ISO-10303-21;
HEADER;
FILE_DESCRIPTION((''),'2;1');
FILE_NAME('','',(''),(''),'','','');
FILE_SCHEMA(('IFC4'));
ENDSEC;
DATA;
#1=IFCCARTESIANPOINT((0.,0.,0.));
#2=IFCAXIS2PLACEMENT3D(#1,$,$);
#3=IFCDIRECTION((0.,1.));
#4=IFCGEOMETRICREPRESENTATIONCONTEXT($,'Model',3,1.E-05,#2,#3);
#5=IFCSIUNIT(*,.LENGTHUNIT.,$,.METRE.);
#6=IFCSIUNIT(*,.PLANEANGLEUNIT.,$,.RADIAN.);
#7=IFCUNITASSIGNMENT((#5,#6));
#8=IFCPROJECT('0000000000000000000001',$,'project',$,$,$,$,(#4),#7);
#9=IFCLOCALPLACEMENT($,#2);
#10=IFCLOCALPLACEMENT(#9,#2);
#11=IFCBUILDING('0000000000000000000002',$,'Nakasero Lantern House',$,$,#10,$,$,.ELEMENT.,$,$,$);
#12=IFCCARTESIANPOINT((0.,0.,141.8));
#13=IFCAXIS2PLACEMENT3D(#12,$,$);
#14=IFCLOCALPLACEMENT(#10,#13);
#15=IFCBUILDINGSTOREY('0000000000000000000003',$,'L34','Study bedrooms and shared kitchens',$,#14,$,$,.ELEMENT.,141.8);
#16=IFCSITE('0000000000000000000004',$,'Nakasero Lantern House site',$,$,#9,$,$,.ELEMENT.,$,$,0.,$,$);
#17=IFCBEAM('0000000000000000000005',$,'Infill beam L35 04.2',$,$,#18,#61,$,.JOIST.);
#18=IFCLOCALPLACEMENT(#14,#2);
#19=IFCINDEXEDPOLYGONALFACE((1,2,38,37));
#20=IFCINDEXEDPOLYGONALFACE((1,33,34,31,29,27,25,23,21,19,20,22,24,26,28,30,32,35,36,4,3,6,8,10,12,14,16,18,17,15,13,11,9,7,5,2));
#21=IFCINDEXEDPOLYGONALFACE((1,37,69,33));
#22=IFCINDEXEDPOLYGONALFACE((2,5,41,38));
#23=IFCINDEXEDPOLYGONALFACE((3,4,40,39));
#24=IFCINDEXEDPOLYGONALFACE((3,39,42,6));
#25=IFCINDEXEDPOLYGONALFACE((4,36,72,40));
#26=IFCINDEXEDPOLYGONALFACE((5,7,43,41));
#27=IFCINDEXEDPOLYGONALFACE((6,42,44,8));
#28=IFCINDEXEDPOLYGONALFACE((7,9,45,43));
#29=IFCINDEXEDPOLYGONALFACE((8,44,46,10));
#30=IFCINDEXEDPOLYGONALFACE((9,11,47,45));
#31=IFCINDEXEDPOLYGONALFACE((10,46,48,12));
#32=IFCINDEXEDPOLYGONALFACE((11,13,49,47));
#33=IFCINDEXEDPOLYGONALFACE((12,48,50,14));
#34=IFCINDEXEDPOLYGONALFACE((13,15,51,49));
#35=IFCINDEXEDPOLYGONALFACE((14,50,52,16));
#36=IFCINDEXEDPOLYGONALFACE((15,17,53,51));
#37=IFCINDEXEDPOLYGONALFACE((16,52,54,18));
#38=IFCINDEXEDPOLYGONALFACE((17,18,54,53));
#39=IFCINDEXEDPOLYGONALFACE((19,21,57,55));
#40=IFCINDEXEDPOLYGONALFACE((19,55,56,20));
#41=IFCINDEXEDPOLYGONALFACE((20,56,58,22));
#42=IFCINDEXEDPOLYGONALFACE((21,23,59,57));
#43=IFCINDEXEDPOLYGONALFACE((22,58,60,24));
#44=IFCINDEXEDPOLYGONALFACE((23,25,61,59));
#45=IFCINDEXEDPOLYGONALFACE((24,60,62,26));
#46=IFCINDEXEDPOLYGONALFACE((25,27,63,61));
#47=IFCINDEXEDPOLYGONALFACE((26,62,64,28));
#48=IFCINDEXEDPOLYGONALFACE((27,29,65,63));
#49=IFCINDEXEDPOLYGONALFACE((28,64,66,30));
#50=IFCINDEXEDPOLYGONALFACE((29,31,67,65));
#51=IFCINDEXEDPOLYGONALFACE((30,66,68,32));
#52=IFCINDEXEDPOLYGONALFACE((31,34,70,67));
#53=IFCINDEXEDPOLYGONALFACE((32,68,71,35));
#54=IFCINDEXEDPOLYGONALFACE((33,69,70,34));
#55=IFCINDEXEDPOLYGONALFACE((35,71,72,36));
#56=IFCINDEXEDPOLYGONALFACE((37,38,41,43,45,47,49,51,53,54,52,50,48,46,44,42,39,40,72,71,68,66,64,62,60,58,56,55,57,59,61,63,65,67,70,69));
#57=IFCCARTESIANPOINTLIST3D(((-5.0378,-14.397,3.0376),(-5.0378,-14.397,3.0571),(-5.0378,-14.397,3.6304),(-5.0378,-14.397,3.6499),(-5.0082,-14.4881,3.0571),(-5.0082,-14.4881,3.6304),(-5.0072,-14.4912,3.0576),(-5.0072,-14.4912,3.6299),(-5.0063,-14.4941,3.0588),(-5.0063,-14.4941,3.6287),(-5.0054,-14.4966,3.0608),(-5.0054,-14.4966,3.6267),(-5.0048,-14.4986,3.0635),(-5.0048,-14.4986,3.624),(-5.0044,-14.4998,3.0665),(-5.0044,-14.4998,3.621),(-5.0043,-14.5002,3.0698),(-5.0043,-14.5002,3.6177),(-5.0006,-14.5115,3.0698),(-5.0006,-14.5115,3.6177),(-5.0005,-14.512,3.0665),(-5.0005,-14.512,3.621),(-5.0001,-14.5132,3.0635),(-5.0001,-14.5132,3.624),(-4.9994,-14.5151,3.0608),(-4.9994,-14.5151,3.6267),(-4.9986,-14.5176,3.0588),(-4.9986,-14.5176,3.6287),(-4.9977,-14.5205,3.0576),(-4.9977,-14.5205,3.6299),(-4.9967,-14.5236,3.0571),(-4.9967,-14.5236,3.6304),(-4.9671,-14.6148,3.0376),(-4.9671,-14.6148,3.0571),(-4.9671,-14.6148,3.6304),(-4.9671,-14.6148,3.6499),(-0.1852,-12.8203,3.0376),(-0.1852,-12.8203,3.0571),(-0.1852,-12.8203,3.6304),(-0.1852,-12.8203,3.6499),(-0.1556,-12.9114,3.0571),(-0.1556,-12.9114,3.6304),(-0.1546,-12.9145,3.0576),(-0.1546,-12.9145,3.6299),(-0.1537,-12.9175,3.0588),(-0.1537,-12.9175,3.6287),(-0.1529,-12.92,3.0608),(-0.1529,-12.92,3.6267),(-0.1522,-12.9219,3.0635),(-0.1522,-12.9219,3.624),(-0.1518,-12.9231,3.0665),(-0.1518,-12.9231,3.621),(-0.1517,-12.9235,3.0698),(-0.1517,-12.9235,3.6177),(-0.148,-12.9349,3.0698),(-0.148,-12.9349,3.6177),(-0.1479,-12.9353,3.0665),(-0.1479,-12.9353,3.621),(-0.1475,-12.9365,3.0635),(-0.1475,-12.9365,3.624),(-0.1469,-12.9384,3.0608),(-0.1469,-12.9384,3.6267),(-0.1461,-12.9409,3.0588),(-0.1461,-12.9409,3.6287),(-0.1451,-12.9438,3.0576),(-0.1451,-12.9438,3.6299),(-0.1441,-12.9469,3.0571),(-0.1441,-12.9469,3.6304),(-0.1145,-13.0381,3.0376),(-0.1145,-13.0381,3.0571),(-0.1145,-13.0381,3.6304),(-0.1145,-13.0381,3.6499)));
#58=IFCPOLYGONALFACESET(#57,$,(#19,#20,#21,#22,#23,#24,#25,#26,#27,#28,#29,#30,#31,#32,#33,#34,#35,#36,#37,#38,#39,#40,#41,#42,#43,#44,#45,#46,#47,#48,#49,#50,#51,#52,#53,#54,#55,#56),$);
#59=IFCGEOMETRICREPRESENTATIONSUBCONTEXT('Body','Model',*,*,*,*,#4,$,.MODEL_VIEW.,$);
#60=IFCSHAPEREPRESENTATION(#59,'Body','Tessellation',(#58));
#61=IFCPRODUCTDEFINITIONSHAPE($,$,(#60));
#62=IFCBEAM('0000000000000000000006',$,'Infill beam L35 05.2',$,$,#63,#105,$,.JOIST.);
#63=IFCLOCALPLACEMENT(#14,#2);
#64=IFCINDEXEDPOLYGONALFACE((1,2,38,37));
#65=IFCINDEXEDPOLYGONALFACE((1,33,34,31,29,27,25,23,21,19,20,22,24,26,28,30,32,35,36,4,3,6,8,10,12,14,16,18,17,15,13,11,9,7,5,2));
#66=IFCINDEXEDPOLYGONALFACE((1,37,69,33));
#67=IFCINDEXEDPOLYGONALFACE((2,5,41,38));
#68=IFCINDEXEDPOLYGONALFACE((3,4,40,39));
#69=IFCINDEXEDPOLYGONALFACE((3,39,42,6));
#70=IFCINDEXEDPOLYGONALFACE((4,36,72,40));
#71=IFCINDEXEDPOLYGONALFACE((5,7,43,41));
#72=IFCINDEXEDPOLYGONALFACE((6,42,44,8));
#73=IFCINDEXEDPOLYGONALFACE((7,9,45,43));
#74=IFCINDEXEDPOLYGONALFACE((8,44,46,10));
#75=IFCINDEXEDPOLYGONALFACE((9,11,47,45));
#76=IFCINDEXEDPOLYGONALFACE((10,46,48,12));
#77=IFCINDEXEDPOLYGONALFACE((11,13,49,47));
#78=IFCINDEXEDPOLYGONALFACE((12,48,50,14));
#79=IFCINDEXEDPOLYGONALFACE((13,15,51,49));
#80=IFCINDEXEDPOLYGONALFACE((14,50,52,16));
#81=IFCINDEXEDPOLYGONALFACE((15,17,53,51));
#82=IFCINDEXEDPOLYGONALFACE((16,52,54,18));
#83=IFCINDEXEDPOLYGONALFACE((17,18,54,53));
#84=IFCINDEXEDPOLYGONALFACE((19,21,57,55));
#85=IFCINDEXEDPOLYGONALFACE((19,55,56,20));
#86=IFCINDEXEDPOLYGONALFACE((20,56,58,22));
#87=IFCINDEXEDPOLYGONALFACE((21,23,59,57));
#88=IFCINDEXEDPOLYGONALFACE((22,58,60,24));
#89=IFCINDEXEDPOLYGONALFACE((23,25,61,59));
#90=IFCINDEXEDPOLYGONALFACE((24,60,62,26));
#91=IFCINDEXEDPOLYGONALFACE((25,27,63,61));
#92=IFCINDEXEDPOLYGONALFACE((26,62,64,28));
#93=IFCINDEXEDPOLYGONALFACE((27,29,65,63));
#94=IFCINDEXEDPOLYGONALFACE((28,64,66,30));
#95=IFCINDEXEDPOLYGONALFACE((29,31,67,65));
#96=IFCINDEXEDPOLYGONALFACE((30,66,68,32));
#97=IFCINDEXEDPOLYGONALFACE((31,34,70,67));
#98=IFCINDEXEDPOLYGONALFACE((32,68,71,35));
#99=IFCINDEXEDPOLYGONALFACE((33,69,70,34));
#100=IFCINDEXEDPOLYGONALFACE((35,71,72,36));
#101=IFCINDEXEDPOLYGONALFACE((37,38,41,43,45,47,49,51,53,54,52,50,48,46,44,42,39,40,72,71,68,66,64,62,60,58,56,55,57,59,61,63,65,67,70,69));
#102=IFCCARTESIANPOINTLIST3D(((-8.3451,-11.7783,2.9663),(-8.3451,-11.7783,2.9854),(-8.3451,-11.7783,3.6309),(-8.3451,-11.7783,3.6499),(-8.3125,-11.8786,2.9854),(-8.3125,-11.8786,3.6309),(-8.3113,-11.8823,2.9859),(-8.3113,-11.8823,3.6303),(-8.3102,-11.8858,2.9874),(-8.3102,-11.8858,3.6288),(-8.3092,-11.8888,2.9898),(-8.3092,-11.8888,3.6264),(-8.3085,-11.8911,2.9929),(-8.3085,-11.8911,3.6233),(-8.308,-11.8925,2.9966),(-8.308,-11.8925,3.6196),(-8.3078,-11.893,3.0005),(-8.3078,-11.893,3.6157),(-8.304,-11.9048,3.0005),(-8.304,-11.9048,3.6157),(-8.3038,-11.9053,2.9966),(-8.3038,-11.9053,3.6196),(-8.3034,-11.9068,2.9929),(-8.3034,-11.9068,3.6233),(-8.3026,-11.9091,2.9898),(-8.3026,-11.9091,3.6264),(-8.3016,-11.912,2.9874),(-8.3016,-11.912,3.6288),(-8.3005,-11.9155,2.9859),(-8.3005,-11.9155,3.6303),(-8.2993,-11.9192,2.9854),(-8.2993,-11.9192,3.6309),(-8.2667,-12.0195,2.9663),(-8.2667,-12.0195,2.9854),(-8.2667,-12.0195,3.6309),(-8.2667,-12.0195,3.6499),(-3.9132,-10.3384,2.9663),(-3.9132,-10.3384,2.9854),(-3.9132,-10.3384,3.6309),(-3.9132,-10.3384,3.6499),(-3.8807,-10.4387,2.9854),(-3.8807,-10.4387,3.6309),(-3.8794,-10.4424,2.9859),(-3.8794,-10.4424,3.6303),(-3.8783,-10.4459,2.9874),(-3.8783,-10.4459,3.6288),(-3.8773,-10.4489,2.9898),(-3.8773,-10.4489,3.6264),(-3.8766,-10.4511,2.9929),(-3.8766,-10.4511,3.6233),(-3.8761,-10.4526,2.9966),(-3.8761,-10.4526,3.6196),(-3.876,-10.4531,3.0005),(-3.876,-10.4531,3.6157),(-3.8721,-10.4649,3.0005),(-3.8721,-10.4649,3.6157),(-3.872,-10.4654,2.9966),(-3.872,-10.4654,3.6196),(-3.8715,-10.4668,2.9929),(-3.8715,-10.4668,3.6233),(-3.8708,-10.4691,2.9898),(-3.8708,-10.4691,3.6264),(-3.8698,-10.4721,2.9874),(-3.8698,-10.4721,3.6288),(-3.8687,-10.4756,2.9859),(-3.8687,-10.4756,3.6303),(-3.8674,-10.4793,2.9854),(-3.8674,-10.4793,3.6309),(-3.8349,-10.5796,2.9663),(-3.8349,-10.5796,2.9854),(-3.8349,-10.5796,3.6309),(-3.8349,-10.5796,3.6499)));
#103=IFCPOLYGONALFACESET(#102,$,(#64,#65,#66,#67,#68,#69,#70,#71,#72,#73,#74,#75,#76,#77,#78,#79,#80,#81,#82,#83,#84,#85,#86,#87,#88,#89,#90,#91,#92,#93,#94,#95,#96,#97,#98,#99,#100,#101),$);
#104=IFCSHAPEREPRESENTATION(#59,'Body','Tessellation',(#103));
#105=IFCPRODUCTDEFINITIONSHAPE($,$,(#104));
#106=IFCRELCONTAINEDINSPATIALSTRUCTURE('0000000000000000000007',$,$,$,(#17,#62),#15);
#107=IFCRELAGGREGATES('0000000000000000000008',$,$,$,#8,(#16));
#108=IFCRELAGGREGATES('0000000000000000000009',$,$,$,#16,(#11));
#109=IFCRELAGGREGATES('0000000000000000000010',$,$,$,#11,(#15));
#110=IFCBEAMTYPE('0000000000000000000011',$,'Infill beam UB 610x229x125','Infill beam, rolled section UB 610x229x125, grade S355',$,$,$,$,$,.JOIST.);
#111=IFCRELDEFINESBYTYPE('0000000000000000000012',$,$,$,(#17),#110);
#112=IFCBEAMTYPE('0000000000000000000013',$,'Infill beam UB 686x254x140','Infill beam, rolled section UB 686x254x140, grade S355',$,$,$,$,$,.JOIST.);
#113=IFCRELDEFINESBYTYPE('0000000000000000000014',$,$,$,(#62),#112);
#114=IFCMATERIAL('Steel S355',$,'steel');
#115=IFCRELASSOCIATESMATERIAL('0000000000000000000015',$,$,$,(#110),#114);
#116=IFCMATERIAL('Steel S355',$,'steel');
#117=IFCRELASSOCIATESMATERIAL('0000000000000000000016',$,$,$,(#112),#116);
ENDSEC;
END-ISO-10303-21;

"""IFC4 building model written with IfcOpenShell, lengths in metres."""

from ifc_helpers import new_model, si_unit, direction, frame, origin, origin_2d, place, context, subcontext, project, spatial, i_section, extrude, material, material_profile, profile_set, type_object, element, save


model = new_model("IFC4")

# Units and contexts
model_context = context("Model", 3, precision=1e-05, world=origin(), true_north=direction((0.0, 1.0)))
body_context = subcontext(model_context, "Body", "Model", "MODEL_VIEW")
ifc_project = project(units=[si_unit("LENGTHUNIT", "METRE"), si_unit("PLANEANGLEUNIT", "RADIAN")], contexts=[model_context])

# Site, building, storey
site_placement = place(None, origin())
site = spatial("IfcSite", under=ifc_project, at=site_placement, Name="Nakasero Lantern House site", CompositionType="ELEMENT", RefElevation=0.0)
building_placement = place(site_placement, origin())
building = spatial("IfcBuilding", under=site, at=building_placement, Name="Nakasero Lantern House", CompositionType="ELEMENT")
storey_placement = place(building_placement, frame((0.0, 0.0, 141.8)))
storey = spatial("IfcBuildingStorey", under=building, at=storey_placement, Name="L34", Description="Study bedrooms and shared kitchens", CompositionType="ELEMENT", Elevation=141.8)

# Beams
ifc_material_1 = material(Name="Steel S355", Category="steel")
ifc_material_profile_1 = material_profile(ifc_material_1, i_section(OverallWidth=0.229, OverallDepth=0.6123, WebThickness=0.012, FlangeThickness=0.0195, FilletRadius=0.0127, at=origin_2d()), Name="UB 610x229x125")
ifc_profile_set_1 = profile_set([ifc_material_profile_1], Name="Steel S355")
beam_type_1 = type_object("IfcBeamType", Name="Infill beam UB 610x229x125", Description="Infill beam, rolled section UB 610x229x125, grade S355", PredefinedType="JOIST", material=ifc_profile_set_1)
beam_1_placement = place(storey_placement, frame((-5.0024, -14.5059, 3.3438), z_axis=(0.951058, 0.309012, 0.0), x_axis=(-0.309012, 0.951058, 0.0)))
element("IfcBeam", 1, at=beam_1_placement, inside=storey, type_object=beam_type_1, Name="Infill beam L35 04.2", PredefinedType="JOIST", context=body_context, shape_type="SweptSolid", body=[
    extrude(i_section(OverallWidth=0.229, OverallDepth=0.6123, WebThickness=0.012, FlangeThickness=0.0195, FilletRadius=0.0127, at=origin_2d()), origin(), (0.0, 0.0, 1.0), 5.1023),
])
ifc_material_2 = material(Name="Steel S355", Category="steel")
ifc_material_profile_2 = material_profile(ifc_material_2, i_section(OverallWidth=0.2537, OverallDepth=0.6836, WebThickness=0.0125, FlangeThickness=0.019, FilletRadius=0.0151, at=origin_2d()), Name="UB 686x254x140")
ifc_profile_set_2 = profile_set([ifc_material_profile_2], Name="Steel S355")
beam_type_2 = type_object("IfcBeamType", Name="Infill beam UB 686x254x140", Description="Infill beam, rolled section UB 686x254x140, grade S355", PredefinedType="JOIST", material=ifc_profile_set_2)
beam_2_placement = place(storey_placement, frame((-8.3059, -11.8989, 3.3081), z_axis=(0.951061, 0.309004, 0.0), x_axis=(-0.309004, 0.951061, 0.0)))
element("IfcBeam", 2, at=beam_2_placement, inside=storey, type_object=beam_type_2, Name="Infill beam L35 05.2", PredefinedType="JOIST", context=body_context, shape_type="SweptSolid", body=[
    extrude(i_section(OverallWidth=0.2537, OverallDepth=0.6836, WebThickness=0.0125, FlangeThickness=0.019, FilletRadius=0.0151, at=origin_2d()), origin(), (0.0, 0.0, 1.0), 4.6599),
])

save(model, "model.ifc")
